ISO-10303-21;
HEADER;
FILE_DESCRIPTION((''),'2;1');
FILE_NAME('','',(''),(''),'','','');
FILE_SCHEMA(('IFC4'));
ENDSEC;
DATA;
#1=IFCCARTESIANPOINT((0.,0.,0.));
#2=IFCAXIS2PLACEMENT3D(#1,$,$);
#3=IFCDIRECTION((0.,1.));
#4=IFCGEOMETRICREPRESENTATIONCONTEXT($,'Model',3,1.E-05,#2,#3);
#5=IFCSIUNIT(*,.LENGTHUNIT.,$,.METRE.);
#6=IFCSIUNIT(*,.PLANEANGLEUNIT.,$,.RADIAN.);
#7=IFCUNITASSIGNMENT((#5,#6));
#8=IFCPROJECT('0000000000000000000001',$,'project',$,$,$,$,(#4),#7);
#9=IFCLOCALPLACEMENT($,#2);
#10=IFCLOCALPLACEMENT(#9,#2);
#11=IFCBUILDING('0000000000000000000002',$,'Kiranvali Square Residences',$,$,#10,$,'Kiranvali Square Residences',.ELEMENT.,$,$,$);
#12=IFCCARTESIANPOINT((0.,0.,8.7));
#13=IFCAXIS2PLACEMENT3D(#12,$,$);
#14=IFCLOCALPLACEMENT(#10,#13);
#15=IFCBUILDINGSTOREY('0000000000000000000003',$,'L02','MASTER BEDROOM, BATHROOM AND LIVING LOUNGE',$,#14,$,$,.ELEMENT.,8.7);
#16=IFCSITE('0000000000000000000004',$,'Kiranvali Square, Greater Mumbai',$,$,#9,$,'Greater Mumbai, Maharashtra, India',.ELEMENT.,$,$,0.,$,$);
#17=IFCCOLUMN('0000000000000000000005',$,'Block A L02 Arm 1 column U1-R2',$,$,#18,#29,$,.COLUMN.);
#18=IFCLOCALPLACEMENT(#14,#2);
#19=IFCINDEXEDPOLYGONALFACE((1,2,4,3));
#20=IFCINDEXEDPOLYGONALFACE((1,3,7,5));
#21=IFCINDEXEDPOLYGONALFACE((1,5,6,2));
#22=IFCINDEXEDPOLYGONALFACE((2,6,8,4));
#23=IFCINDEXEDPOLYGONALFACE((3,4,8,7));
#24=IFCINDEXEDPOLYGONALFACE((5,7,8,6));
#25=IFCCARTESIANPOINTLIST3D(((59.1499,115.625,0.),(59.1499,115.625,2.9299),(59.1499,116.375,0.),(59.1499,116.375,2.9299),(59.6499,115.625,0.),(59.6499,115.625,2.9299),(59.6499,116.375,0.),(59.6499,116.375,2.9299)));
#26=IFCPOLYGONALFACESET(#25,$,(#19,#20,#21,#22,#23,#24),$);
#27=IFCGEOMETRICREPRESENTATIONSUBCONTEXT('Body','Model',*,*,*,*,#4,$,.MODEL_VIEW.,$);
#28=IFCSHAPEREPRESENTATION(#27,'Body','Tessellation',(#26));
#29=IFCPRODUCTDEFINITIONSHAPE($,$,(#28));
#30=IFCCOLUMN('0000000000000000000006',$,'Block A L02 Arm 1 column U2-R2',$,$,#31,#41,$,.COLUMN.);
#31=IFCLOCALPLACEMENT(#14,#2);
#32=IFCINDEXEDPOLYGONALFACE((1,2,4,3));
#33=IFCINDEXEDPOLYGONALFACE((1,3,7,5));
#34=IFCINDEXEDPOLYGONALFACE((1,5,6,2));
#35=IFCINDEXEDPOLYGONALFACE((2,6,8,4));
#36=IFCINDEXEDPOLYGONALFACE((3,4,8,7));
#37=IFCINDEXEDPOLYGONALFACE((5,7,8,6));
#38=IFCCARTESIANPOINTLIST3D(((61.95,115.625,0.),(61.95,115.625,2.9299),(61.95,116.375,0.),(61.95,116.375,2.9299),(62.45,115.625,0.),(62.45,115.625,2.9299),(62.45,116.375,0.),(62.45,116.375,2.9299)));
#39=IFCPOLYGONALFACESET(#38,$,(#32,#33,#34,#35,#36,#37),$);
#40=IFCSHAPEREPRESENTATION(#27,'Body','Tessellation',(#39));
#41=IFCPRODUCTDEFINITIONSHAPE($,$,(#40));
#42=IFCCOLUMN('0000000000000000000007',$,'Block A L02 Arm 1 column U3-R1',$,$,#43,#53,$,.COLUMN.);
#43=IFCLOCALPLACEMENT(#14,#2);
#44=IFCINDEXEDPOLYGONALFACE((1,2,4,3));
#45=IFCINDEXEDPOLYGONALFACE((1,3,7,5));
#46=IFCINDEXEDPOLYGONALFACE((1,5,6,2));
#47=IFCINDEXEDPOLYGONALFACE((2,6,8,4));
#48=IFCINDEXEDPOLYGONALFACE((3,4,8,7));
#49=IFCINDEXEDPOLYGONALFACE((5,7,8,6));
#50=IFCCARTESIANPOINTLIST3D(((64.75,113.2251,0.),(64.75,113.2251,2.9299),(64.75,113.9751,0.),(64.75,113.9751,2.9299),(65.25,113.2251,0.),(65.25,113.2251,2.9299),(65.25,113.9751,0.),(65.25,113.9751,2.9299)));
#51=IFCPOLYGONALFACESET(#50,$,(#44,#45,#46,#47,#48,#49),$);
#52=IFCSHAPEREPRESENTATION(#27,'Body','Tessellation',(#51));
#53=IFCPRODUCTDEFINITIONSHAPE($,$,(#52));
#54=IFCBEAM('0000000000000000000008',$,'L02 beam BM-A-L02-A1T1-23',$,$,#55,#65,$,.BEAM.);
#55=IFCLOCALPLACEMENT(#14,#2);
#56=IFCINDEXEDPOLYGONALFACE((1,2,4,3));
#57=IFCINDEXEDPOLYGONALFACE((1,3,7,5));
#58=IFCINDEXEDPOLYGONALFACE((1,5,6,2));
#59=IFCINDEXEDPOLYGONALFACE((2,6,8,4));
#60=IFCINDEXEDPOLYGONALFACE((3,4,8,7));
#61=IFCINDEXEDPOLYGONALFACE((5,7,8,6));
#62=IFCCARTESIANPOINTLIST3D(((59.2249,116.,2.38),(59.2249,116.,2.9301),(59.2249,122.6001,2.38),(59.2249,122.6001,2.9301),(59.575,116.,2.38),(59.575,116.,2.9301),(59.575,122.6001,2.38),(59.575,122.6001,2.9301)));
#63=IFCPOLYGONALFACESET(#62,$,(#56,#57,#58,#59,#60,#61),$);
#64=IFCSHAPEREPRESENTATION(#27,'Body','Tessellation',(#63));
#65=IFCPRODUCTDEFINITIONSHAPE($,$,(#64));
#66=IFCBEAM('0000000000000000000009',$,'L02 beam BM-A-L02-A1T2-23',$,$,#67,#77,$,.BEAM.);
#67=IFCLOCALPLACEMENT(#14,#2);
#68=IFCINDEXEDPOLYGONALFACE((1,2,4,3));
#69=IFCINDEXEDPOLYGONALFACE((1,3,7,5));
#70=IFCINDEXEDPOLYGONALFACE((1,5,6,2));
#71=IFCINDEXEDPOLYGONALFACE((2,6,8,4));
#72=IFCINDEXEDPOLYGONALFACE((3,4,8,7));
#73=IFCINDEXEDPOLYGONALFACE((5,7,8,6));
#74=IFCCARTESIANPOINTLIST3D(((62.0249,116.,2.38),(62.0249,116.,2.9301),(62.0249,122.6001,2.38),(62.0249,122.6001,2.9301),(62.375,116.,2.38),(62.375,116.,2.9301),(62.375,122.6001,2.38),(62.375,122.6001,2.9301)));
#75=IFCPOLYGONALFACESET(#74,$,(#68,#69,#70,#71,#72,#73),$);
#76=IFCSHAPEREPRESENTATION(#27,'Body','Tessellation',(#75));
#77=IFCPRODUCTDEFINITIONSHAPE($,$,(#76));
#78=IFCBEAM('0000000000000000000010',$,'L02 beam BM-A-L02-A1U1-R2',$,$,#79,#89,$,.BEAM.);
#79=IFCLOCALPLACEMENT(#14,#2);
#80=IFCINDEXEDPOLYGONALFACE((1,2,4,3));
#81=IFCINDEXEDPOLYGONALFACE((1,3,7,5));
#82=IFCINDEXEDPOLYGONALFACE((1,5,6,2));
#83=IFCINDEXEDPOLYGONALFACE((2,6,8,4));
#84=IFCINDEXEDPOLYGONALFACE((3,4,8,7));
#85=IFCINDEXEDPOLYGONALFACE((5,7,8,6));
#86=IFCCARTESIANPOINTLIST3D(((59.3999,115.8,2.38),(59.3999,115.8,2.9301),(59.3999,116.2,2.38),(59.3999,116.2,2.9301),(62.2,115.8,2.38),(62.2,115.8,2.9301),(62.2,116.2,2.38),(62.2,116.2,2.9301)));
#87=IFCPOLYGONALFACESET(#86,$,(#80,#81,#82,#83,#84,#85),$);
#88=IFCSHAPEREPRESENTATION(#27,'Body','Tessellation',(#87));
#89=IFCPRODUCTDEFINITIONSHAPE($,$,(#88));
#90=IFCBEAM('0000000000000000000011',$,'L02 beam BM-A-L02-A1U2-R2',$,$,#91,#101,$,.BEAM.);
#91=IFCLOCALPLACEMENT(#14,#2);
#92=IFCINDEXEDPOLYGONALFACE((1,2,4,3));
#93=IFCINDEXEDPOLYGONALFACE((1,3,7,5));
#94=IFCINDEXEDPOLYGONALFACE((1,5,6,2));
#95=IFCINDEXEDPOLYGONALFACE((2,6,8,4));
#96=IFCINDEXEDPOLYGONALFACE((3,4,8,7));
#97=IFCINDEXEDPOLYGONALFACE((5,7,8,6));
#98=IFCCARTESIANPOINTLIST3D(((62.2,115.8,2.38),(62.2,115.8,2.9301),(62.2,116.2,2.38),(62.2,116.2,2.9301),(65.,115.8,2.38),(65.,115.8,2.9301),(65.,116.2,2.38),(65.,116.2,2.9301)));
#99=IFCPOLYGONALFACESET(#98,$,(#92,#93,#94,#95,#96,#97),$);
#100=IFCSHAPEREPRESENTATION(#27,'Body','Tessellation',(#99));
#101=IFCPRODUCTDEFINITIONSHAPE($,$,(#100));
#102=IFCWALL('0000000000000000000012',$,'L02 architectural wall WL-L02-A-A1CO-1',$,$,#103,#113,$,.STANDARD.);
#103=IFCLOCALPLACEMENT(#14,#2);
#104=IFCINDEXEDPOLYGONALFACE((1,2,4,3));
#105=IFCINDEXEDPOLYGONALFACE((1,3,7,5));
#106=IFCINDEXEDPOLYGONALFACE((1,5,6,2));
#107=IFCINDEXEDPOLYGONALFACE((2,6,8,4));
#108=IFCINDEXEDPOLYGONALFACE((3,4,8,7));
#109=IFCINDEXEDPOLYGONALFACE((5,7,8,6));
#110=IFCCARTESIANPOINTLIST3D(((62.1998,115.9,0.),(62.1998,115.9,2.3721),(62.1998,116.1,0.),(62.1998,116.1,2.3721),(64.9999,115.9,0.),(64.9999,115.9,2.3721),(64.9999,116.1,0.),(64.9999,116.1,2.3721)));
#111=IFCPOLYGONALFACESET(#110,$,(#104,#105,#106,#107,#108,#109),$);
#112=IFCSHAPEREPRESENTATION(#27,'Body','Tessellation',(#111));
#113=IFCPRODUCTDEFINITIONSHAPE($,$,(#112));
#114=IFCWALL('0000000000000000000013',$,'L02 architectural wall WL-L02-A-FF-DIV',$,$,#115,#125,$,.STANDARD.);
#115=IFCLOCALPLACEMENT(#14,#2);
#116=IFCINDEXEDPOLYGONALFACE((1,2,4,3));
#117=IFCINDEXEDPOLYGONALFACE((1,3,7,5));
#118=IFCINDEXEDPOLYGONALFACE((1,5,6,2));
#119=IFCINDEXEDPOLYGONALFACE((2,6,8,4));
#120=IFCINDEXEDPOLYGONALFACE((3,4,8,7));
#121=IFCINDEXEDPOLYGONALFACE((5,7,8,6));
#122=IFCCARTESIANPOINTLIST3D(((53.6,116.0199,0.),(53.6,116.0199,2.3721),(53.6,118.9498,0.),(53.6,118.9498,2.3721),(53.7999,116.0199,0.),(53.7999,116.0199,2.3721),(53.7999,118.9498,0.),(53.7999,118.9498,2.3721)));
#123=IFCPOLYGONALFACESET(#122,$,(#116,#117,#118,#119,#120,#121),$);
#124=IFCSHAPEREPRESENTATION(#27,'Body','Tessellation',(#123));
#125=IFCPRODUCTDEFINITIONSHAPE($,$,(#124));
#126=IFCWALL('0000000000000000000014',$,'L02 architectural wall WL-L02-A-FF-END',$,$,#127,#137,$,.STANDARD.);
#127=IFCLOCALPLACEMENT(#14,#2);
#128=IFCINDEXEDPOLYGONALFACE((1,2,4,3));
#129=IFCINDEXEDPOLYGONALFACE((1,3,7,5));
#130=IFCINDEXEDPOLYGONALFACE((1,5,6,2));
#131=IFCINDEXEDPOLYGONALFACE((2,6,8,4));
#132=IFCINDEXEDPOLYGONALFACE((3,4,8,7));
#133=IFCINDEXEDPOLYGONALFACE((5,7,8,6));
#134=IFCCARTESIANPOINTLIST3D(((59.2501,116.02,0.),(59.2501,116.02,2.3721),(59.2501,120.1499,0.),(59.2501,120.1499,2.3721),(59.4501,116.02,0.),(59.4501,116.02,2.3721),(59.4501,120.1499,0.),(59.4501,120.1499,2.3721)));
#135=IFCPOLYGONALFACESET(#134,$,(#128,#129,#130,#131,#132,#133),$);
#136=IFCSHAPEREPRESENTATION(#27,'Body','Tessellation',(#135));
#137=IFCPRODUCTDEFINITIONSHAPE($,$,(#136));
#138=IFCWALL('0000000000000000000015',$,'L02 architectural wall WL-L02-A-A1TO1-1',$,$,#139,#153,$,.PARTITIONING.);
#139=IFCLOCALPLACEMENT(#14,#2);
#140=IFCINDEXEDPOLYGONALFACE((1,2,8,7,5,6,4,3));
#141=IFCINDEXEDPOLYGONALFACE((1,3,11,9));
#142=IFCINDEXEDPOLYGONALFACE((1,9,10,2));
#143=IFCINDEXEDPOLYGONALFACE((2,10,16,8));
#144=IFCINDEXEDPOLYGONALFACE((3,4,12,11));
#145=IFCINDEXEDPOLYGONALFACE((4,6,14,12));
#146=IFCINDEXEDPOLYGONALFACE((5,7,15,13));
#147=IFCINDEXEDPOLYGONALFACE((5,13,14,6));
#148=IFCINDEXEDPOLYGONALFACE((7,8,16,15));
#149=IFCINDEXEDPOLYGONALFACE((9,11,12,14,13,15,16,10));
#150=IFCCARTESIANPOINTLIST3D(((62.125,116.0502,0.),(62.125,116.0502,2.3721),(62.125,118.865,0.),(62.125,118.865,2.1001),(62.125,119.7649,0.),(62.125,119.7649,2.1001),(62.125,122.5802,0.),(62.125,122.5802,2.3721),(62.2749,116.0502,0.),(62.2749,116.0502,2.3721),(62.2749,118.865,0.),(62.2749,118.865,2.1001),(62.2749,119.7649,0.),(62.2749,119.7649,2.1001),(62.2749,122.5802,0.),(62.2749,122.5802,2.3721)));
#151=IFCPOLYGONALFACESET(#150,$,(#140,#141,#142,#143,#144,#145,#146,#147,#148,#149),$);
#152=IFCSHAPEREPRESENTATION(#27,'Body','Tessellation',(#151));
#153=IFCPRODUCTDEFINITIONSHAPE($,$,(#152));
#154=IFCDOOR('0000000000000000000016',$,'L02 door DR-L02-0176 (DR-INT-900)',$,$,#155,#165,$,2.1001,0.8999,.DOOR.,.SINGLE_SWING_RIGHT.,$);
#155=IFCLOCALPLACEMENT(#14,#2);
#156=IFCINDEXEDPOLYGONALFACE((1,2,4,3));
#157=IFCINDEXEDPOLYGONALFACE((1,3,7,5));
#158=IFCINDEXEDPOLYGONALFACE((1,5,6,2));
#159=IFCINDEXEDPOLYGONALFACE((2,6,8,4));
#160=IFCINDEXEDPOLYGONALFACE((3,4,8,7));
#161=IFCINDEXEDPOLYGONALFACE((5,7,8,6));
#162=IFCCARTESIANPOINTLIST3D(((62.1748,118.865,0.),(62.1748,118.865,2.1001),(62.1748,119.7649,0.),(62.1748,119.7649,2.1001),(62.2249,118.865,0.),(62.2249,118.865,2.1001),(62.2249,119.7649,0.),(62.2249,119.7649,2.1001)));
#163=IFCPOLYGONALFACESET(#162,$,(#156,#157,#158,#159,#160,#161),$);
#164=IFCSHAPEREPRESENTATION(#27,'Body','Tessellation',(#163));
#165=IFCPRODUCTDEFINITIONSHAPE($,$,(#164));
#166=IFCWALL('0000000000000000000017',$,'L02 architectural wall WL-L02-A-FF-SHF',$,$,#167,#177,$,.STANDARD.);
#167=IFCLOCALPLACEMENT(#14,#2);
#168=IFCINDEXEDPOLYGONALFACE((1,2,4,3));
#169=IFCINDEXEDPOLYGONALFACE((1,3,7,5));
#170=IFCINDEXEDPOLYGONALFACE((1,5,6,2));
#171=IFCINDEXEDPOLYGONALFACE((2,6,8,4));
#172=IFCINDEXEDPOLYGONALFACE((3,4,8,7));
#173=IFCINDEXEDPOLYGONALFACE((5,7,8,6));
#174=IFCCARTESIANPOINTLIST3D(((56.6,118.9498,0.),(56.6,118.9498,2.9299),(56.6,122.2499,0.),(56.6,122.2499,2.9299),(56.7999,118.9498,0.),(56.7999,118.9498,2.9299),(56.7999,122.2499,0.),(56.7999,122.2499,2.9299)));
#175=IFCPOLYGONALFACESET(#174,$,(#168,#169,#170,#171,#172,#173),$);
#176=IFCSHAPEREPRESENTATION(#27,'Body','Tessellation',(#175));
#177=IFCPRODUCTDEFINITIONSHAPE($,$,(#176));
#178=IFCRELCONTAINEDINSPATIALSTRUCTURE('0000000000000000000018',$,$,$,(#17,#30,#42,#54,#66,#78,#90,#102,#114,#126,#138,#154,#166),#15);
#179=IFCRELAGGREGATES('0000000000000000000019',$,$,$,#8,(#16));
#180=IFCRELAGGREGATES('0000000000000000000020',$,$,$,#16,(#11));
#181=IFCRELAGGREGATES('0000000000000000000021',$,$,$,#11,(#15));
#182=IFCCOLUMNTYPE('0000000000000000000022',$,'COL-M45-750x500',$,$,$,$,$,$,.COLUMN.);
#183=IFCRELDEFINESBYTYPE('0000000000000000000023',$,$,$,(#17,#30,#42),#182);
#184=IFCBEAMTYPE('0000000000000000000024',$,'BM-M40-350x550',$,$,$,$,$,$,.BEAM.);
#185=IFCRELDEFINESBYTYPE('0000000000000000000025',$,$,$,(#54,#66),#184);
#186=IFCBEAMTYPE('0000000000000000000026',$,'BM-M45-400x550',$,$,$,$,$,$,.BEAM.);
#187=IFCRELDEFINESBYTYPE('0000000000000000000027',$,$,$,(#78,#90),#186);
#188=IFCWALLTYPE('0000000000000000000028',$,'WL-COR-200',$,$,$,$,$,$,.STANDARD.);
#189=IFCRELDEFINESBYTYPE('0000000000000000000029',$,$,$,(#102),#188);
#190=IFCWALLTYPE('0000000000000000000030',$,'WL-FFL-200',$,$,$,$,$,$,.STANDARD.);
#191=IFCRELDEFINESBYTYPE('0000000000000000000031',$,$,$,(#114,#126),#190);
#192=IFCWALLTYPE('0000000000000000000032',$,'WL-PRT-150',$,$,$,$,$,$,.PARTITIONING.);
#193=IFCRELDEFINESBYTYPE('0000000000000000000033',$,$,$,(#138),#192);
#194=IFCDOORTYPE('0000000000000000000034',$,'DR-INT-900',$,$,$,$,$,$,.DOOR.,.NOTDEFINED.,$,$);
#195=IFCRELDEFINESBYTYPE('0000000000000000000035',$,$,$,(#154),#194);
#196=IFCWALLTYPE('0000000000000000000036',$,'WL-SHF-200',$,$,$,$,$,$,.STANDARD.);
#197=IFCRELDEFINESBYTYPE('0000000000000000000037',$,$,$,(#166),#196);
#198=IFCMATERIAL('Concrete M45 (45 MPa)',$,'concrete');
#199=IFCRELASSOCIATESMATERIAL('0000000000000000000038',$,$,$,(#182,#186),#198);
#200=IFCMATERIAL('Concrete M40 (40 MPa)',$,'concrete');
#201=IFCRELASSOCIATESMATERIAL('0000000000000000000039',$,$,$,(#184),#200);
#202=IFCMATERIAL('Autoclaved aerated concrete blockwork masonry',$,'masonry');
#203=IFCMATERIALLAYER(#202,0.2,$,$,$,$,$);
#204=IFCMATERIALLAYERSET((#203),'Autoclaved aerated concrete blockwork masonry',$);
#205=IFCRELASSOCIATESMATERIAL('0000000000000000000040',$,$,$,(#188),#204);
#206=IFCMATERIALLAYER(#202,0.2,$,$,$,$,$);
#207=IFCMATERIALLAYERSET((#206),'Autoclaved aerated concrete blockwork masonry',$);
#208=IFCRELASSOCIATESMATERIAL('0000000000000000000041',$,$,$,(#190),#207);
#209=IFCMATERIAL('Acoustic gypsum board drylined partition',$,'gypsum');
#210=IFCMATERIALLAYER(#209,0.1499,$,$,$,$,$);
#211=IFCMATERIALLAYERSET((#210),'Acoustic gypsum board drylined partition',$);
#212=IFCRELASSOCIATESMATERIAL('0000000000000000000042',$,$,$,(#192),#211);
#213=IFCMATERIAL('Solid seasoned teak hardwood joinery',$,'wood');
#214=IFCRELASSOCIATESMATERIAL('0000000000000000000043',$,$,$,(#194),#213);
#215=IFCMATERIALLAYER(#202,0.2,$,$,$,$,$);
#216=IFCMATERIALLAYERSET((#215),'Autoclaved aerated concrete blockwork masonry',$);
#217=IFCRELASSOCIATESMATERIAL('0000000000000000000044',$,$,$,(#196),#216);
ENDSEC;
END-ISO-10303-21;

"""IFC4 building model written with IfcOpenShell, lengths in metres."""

from ifc_helpers import new_model, si_unit, direction, frame, frame_2d, origin, origin_2d, place, context, subcontext, project, spatial, rectangle, extrude, material, layer, layer_set, material_profile, profile_set, type_object, element, fill, save


model = new_model("IFC4")

# Units and contexts
model_context = context("Model", 3, precision=1e-05, world=origin(), true_north=direction((0.0, 1.0)))
body_context = subcontext(model_context, "Body", "Model", "MODEL_VIEW")
ifc_project = project(units=[si_unit("LENGTHUNIT", "METRE"), si_unit("PLANEANGLEUNIT", "RADIAN")], contexts=[model_context])

# Site, building, storey
site_placement = place(None, origin())
site = spatial("IfcSite", under=ifc_project, at=site_placement, Name="Kiranvali Square, Greater Mumbai", LongName="Greater Mumbai, Maharashtra, India", CompositionType="ELEMENT", RefElevation=0.0)
building_placement = place(site_placement, origin())
building = spatial("IfcBuilding", under=site, at=building_placement, Name="Kiranvali Square Residences", LongName="Kiranvali Square Residences", CompositionType="ELEMENT")
storey_placement = place(building_placement, frame((0.0, 0.0, 8.7)))
storey = spatial("IfcBuildingStorey", under=building, at=storey_placement, Name="L02", Description="MASTER BEDROOM, BATHROOM AND LIVING LOUNGE", CompositionType="ELEMENT", Elevation=8.7)

# Columns
ifc_material_1 = material(Name="Concrete M45 (45 MPa)", Category="concrete")
ifc_material_profile_1 = material_profile(ifc_material_1, rectangle(XDim=0.5, YDim=0.75, at=origin_2d()), Name="RC 750x500")
ifc_profile_set_1 = profile_set([ifc_material_profile_1], Name="Concrete M45 (45 MPa)")
column_type = type_object("IfcColumnType", Name="COL-M45-750x500", PredefinedType="COLUMN", material=ifc_profile_set_1)
for number, where, z_axis, x_axis, name in (
    (1, (59.3999, 116.0, 0.0), (0.0, 0.0, 1.0), (1.0, 0.0, 0.0), "Block A L02 Arm 1 column U1-R2"),
    (2, (62.2, 116.0, 0.0), (0.0, 0.0, 1.0), (1.0, 0.0, 0.0), "Block A L02 Arm 1 column U2-R2"),
    (3, (65.0, 113.6001, 0.0), (0.0, 0.0, 1.0), (1.0, 0.0, 0.0), "Block A L02 Arm 1 column U3-R1"),
):
    element("IfcColumn", number, at=place(storey_placement, frame(where, z_axis=z_axis, x_axis=x_axis)), inside=storey, type_object=column_type, Name=name, PredefinedType="COLUMN", context=body_context, shape_type="SweptSolid", body=[
        extrude(rectangle(XDim=0.5, YDim=0.75, at=origin_2d()), origin(), (0.0, 0.0, 1.0), 2.9299),
    ])

# Beams
ifc_material_2 = material(Name="Concrete M40 (40 MPa)", Category="concrete")
ifc_material_profile_2 = material_profile(ifc_material_2, rectangle(XDim=0.3501, YDim=0.55, at=origin_2d()), Name="RC 350x550")
ifc_profile_set_2 = profile_set([ifc_material_profile_2], Name="Concrete M40 (40 MPa)")
beam_type_1 = type_object("IfcBeamType", Name="BM-M40-350x550", PredefinedType="BEAM", material=ifc_profile_set_2)
for number, where, z_axis, x_axis, name in (
    (4, (59.3999, 116.0, 2.655), (0.0, 1.0, 0.0), (-1.0, 0.0, 0.0), "L02 beam BM-A-L02-A1T1-23"),
    (5, (62.2, 116.0, 2.655), (0.0, 1.0, 0.0), (-1.0, 0.0, 0.0), "L02 beam BM-A-L02-A1T2-23"),
):
    element("IfcBeam", number, at=place(storey_placement, frame(where, z_axis=z_axis, x_axis=x_axis)), inside=storey, type_object=beam_type_1, Name=name, PredefinedType="BEAM", context=body_context, shape_type="SweptSolid", body=[
        extrude(rectangle(XDim=0.3501, YDim=0.55, at=origin_2d()), origin(), (0.0, 0.0, 1.0), 6.6001),
    ])
ifc_material_profile_3 = material_profile(ifc_material_1, rectangle(XDim=0.3999, YDim=0.55, at=origin_2d()), Name="RC 400x550")
ifc_profile_set_3 = profile_set([ifc_material_profile_3], Name="Concrete M45 (45 MPa)")
beam_type_2 = type_object("IfcBeamType", Name="BM-M45-400x550", PredefinedType="BEAM", material=ifc_profile_set_3)
for number, where, z_axis, x_axis, name in (
    (6, (59.3999, 116.0, 2.655), (1.0, 0.0, 0.0), (0.0, 1.0, 0.0), "L02 beam BM-A-L02-A1U1-R2"),
    (7, (62.2, 116.0, 2.655), (1.0, 0.0, 0.0), (0.0, 1.0, 0.0), "L02 beam BM-A-L02-A1U2-R2"),
):
    element("IfcBeam", number, at=place(storey_placement, frame(where, z_axis=z_axis, x_axis=x_axis)), inside=storey, type_object=beam_type_2, Name=name, PredefinedType="BEAM", context=body_context, shape_type="SweptSolid", body=[
        extrude(rectangle(XDim=0.3999, YDim=0.55, at=origin_2d()), origin(), (0.0, 0.0, 1.0), 2.8),
    ])

# Shared definitions
ifc_material_3 = material(Name="Autoclaved aerated concrete blockwork masonry", Category="masonry")
ifc_layer_1 = layer(ifc_material_3, 0.2)
ifc_layer_set_1 = layer_set([ifc_layer_1], Name="Autoclaved aerated concrete blockwork masonry")
wall_type_1 = type_object("IfcWallType", Name="WL-COR-200", PredefinedType="STANDARD", material=ifc_layer_set_1)

# Wall
wall_1_placement = place(storey_placement, frame((62.2, 116.0, 0.0), z_axis=(0.0, 0.0, 1.0), x_axis=(1.0, 0.0, 0.0)))
element("IfcWall", 8, at=wall_1_placement, inside=storey, type_object=wall_type_1, Name="L02 architectural wall WL-L02-A-A1CO-1", PredefinedType="STANDARD", context=body_context, shape_type="SweptSolid", body=[
    extrude(rectangle(XDim=2.8, YDim=0.2, at=frame_2d((1.3999, 0.0))), origin(), (0.0, 0.0, 1.0), 2.3721),
])

# Shared definitions
ifc_layer_2 = layer(ifc_material_3, 0.2)
ifc_layer_set_2 = layer_set([ifc_layer_2], Name="Autoclaved aerated concrete blockwork masonry")
wall_type_2 = type_object("IfcWallType", Name="WL-FFL-200", PredefinedType="STANDARD", material=ifc_layer_set_2)

# Walls
wall_2_placement = place(storey_placement, frame((53.7, 116.02, 0.0), z_axis=(0.0, 0.0, 1.0), x_axis=(0.0, 1.0, 0.0)))
element("IfcWall", 9, at=wall_2_placement, inside=storey, type_object=wall_type_2, Name="L02 architectural wall WL-L02-A-FF-DIV", PredefinedType="STANDARD", context=body_context, shape_type="SweptSolid", body=[
    extrude(rectangle(XDim=2.9299, YDim=0.2, at=frame_2d((1.4648, 0.0))), origin(), (0.0, 0.0, 1.0), 2.3721),
])
wall_3_placement = place(storey_placement, frame((59.3501, 116.02, 0.0), z_axis=(0.0, 0.0, 1.0), x_axis=(0.0, 1.0, 0.0)))
element("IfcWall", 10, at=wall_3_placement, inside=storey, type_object=wall_type_2, Name="L02 architectural wall WL-L02-A-FF-END", PredefinedType="STANDARD", context=body_context, shape_type="SweptSolid", body=[
    extrude(rectangle(XDim=4.1299, YDim=0.2, at=frame_2d((2.0649, 0.0))), origin(), (0.0, 0.0, 1.0), 2.3721),
])

# Wall, opening, door
ifc_material_4 = material(Name="Acoustic gypsum board drylined partition", Category="gypsum")
ifc_layer_3 = layer(ifc_material_4, 0.1499)
ifc_layer_set_3 = layer_set([ifc_layer_3], Name="Acoustic gypsum board drylined partition")
wall_type_3 = type_object("IfcWallType", Name="WL-PRT-150", PredefinedType="PARTITIONING", material=ifc_layer_set_3)
wall_4_placement = place(storey_placement, frame((62.2, 116.05, 0.0), z_axis=(0.0, 0.0, 1.0), x_axis=(0.0, 1.0, 0.0)))
wall_4 = element("IfcWall", 11, at=wall_4_placement, inside=storey, type_object=wall_type_3, Name="L02 architectural wall WL-L02-A-A1TO1-1", PredefinedType="PARTITIONING", context=body_context, shape_type="SweptSolid", body=[
    extrude(rectangle(XDim=6.53, YDim=0.1499, at=frame_2d((3.2651, 0.0))), origin(), (0.0, 0.0, 1.0), 2.3721),
])
opening_1_placement = place(wall_4_placement, frame((2.8149, 0.0, 0.0)))
opening_1 = element("IfcOpeningElement", 12, at=opening_1_placement, cuts=wall_4, PredefinedType="OPENING", context=body_context, shape_type="SweptSolid", body=[
    extrude(rectangle(XDim=0.8999, YDim=2.1001, at=frame_2d((0.45, 1.05))), frame((0.0, 0.085, 0.0), z_axis=(0.0, -1.0, 0.0), x_axis=(1.0, 0.0, 0.0)), (0.0, 0.0, 1.0), 0.1699),
])
ifc_material_5 = material(Name="Solid seasoned teak hardwood joinery", Category="wood")
door_type_1 = type_object("IfcDoorType", Name="DR-INT-900", OperationType="NOTDEFINED", PredefinedType="DOOR", material=ifc_material_5)
door_1_placement = place(opening_1_placement, frame((0.8999, 0.0, 0.0), z_axis=(0.0, 0.0, 1.0), x_axis=(-1.0, 0.0, 0.0)))
door_1 = element("IfcDoor", 13, at=door_1_placement, inside=storey, type_object=door_type_1, Name="L02 door DR-L02-0176 (DR-INT-900)", OperationType="SINGLE_SWING_RIGHT", OverallHeight=2.1001, OverallWidth=0.8999, PredefinedType="DOOR", context=body_context, shape_type="SweptSolid", body=[
    extrude(rectangle(XDim=0.8999, YDim=2.1001, at=frame_2d((0.45, 1.05))), frame((0.0, 0.0249, 0.0), z_axis=(0.0, -1.0, 0.0), x_axis=(1.0, 0.0, 0.0)), (0.0, 0.0, 1.0), 0.05),
])
fill(opening_1, door_1)

# Wall
ifc_layer_4 = layer(ifc_material_3, 0.2)
ifc_layer_set_4 = layer_set([ifc_layer_4], Name="Autoclaved aerated concrete blockwork masonry")
wall_type_4 = type_object("IfcWallType", Name="WL-SHF-200", PredefinedType="STANDARD", material=ifc_layer_set_4)
wall_5_placement = place(storey_placement, frame((56.7, 118.95, 0.0), z_axis=(0.0, 0.0, 1.0), x_axis=(0.0, 1.0, 0.0)))
element("IfcWall", 14, at=wall_5_placement, inside=storey, type_object=wall_type_4, Name="L02 architectural wall WL-L02-A-FF-SHF", PredefinedType="STANDARD", context=body_context, shape_type="SweptSolid", body=[
    extrude(rectangle(XDim=3.3, YDim=0.2, at=frame_2d((1.6499, 0.0))), origin(), (0.0, 0.0, 1.0), 2.9299),
])

save(model, "model.ifc")
